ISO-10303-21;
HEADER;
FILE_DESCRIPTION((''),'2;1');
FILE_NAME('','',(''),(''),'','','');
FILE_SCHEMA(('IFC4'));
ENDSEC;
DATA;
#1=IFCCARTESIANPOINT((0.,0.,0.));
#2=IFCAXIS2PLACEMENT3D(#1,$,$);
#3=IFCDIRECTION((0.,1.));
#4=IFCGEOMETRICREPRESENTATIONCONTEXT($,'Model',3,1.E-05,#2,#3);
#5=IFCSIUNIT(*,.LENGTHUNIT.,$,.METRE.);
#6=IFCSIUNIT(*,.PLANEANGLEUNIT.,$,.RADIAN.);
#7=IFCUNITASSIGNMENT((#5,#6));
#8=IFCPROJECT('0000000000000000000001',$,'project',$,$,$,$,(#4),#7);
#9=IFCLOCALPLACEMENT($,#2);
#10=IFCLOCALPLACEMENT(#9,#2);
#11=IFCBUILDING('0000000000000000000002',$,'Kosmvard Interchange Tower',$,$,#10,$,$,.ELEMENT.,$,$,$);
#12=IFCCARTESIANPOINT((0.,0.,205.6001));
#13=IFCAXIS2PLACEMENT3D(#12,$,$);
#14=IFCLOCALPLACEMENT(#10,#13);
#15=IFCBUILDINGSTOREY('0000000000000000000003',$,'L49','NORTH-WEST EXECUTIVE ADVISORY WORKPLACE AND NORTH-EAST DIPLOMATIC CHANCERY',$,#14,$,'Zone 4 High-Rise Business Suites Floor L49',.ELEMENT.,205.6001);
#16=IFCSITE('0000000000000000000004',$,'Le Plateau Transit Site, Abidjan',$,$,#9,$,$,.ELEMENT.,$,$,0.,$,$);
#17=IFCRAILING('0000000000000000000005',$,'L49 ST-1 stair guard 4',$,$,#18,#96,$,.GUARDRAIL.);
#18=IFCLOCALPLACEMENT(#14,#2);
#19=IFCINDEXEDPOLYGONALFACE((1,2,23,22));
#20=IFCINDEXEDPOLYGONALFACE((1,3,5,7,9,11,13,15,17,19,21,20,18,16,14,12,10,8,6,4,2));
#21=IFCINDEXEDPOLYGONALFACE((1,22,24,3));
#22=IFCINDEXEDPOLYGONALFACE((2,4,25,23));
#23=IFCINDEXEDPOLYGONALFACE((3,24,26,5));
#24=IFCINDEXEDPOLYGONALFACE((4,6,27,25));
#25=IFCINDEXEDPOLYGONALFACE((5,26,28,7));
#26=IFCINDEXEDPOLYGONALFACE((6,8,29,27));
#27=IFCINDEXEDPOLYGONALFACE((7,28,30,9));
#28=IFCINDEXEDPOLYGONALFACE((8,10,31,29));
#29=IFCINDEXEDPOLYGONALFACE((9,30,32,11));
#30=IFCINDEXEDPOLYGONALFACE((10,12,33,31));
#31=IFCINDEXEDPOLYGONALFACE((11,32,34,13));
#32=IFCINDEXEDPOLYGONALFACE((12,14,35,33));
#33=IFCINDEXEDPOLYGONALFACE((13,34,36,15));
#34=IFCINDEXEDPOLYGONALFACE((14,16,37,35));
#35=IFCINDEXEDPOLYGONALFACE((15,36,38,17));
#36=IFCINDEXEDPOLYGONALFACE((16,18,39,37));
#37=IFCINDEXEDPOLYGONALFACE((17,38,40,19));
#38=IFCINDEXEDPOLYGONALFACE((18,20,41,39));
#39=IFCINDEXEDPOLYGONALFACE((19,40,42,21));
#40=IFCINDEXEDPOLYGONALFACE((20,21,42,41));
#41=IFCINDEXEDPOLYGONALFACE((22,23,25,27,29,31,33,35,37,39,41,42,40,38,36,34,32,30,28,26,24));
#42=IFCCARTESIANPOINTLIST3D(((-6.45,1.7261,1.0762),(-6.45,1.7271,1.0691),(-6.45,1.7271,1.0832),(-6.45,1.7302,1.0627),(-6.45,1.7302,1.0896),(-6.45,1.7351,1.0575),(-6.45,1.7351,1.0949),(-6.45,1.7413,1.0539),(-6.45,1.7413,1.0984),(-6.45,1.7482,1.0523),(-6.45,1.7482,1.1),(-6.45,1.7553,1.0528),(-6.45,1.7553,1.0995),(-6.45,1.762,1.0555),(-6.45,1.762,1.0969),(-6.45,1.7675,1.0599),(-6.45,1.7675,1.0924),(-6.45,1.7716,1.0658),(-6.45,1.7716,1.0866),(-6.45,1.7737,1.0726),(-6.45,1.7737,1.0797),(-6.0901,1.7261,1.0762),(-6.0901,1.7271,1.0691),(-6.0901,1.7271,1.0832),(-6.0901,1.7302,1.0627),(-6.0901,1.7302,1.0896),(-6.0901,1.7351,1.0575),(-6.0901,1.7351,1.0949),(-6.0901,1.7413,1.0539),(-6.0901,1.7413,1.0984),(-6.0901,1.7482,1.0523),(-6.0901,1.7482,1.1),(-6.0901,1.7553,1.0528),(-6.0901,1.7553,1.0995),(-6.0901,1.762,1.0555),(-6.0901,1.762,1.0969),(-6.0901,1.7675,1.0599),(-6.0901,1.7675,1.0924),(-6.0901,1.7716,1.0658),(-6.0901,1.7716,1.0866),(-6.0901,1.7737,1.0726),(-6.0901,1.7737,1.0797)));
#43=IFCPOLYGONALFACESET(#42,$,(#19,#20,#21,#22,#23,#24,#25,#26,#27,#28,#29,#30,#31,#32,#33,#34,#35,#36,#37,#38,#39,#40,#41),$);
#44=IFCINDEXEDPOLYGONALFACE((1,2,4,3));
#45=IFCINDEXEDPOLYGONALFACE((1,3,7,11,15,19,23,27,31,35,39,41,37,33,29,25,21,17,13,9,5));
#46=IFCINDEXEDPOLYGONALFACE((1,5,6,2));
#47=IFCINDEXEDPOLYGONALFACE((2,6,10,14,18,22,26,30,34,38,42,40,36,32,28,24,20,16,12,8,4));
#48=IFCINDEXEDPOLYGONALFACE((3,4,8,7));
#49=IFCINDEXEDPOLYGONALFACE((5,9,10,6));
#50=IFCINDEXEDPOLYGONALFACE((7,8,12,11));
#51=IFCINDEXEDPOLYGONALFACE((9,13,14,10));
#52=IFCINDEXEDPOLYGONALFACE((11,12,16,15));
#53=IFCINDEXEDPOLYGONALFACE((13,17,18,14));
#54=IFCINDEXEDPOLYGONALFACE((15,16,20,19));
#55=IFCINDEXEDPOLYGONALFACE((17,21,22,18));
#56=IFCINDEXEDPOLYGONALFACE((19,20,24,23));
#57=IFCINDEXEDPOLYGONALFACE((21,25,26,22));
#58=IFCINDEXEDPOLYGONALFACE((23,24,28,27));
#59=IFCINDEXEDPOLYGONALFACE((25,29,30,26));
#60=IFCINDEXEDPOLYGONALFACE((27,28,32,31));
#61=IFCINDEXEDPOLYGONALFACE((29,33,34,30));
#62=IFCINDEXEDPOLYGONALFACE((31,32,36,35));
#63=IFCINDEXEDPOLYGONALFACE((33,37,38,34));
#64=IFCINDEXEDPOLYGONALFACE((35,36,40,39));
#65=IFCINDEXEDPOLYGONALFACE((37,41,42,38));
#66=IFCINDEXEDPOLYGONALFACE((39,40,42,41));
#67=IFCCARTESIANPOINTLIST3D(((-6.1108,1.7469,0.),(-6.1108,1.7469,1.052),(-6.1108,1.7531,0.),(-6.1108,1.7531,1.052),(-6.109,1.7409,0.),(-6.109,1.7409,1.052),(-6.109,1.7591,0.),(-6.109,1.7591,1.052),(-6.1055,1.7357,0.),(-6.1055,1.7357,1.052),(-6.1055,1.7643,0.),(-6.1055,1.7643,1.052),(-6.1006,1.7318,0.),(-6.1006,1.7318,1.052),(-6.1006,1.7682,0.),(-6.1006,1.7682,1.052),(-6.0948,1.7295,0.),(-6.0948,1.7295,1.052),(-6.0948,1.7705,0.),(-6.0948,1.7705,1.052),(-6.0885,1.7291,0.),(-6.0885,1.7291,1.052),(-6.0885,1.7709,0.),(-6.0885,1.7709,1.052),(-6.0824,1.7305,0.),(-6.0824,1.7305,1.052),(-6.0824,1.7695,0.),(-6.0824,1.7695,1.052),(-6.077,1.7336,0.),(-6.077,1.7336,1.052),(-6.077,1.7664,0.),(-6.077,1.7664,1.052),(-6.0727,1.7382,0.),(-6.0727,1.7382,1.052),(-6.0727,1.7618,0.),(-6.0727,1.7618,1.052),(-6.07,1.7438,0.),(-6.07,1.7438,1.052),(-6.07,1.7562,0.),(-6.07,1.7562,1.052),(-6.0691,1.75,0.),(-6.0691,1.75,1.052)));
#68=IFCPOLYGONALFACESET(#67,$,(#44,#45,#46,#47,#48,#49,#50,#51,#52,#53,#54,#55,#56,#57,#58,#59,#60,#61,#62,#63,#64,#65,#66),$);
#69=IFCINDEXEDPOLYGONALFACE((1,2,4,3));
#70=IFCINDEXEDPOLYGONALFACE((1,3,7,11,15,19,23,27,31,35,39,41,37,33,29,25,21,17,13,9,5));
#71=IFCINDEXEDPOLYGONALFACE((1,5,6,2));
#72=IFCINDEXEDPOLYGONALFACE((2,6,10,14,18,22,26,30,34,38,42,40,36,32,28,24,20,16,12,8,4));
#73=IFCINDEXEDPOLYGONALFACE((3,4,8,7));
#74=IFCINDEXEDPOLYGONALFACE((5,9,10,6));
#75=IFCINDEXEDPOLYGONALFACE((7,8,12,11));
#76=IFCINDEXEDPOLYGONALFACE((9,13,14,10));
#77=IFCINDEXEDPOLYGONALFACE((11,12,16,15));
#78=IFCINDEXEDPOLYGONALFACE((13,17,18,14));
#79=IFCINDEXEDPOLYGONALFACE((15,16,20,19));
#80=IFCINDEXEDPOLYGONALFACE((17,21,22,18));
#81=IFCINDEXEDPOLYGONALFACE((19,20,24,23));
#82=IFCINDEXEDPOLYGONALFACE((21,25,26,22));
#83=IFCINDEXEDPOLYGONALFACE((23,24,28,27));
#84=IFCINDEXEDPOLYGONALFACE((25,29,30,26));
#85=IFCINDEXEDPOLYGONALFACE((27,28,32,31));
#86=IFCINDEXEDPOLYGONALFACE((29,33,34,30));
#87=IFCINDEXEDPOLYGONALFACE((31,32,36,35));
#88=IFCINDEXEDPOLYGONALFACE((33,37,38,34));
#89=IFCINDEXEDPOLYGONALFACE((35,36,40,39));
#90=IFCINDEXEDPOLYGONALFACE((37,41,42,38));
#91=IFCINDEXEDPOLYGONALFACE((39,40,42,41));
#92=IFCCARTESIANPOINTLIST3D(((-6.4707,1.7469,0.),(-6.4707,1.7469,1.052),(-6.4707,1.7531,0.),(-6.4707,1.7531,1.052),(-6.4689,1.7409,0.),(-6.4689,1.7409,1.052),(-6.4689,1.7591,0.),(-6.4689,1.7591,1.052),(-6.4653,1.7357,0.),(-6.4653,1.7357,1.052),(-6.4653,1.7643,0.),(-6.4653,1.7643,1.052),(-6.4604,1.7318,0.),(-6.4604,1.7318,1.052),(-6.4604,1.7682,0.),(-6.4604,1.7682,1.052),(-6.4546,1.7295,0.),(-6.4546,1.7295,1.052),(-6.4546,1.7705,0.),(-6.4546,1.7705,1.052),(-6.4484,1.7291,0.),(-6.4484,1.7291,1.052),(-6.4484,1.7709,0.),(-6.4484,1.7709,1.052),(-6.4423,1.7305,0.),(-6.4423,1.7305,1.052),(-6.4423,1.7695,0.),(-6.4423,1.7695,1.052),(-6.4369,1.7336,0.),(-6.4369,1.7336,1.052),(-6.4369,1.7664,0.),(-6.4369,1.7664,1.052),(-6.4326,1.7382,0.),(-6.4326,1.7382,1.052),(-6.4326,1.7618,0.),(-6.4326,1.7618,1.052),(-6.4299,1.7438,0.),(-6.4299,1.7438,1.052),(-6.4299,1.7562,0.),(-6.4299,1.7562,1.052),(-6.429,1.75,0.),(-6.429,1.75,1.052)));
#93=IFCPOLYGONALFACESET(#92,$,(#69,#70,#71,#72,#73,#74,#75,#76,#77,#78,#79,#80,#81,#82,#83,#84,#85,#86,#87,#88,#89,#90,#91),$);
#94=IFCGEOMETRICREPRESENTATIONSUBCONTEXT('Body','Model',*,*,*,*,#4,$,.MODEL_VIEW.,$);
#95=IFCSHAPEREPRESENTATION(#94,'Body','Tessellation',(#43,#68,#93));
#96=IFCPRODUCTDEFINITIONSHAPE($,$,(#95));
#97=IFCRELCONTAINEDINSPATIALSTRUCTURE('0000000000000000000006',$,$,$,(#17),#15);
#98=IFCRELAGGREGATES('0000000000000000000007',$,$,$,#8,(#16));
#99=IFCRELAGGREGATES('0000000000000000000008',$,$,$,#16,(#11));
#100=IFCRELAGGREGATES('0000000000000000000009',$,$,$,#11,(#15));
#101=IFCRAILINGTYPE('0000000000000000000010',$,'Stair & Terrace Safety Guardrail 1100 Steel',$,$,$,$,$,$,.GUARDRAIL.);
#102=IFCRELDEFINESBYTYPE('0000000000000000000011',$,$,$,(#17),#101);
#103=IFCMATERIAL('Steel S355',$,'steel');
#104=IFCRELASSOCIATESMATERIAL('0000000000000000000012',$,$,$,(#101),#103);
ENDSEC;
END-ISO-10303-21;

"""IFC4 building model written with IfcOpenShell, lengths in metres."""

from ifc_helpers import new_model, si_unit, direction, frame, origin, origin_2d, place, context, subcontext, project, spatial, circle, extrude, source, transform, mapped, material, type_object, element, save


model = new_model("IFC4")

# Units and contexts
model_context = context("Model", 3, precision=1e-05, world=origin(), true_north=direction((0.0, 1.0)))
body_context = subcontext(model_context, "Body", "Model", "MODEL_VIEW")
ifc_project = project(units=[si_unit("LENGTHUNIT", "METRE"), si_unit("PLANEANGLEUNIT", "RADIAN")], contexts=[model_context])

# Site, building, storey
site_placement = place(None, origin())
site = spatial("IfcSite", under=ifc_project, at=site_placement, Name="Le Plateau Transit Site, Abidjan", CompositionType="ELEMENT", RefElevation=0.0)
building_placement = place(site_placement, origin())
building = spatial("IfcBuilding", under=site, at=building_placement, Name="Kosmvard Interchange Tower", CompositionType="ELEMENT")
storey_placement = place(building_placement, frame((0.0, 0.0, 205.6001)))
storey = spatial("IfcBuildingStorey", under=building, at=storey_placement, Name="L49", Description="NORTH-WEST EXECUTIVE ADVISORY WORKPLACE AND NORTH-EAST DIPLOMATIC CHANCERY", LongName="Zone 4 High-Rise Business Suites Floor L49", CompositionType="ELEMENT", Elevation=205.6001)

# Railing
ifc_material_1 = material(Name="Steel S355", Category="steel")
railing_type_1 = type_object("IfcRailingType", Name="Stair & Terrace Safety Guardrail 1100 Steel", PredefinedType="GUARDRAIL", material=ifc_material_1)
shared_shape_1 = source(origin(), body_context, "Body", "SweptSolid", [
    extrude(circle(Radius=0.0239, at=origin_2d()), frame((0.0, 0.0, 1.0762), z_axis=(-1.0, 0.0, 0.0), x_axis=(0.0, -1.0, 0.0)), (0.0, 0.0, 1.0), 0.3599),
    extrude(circle(Radius=0.021, at=origin_2d()), origin(), (0.0, 0.0, 1.0), 1.052),
    extrude(circle(Radius=0.021, at=origin_2d()), frame((-0.3599, 0.0, 0.0)), (0.0, 0.0, 1.0), 1.052),
])
railing_1_placement = place(storey_placement, frame((-6.0901, 1.75, 0.0)))
element("IfcRailing", 1, at=railing_1_placement, inside=storey, type_object=railing_type_1, Name="L49 ST-1 stair guard 4", PredefinedType="GUARDRAIL", context=body_context, shape_type="MappedRepresentation", body=[
    mapped(shared_shape_1, transform((0.0, 0.0, 0.0), scale=1.0)),
])

save(model, "model.ifc")
